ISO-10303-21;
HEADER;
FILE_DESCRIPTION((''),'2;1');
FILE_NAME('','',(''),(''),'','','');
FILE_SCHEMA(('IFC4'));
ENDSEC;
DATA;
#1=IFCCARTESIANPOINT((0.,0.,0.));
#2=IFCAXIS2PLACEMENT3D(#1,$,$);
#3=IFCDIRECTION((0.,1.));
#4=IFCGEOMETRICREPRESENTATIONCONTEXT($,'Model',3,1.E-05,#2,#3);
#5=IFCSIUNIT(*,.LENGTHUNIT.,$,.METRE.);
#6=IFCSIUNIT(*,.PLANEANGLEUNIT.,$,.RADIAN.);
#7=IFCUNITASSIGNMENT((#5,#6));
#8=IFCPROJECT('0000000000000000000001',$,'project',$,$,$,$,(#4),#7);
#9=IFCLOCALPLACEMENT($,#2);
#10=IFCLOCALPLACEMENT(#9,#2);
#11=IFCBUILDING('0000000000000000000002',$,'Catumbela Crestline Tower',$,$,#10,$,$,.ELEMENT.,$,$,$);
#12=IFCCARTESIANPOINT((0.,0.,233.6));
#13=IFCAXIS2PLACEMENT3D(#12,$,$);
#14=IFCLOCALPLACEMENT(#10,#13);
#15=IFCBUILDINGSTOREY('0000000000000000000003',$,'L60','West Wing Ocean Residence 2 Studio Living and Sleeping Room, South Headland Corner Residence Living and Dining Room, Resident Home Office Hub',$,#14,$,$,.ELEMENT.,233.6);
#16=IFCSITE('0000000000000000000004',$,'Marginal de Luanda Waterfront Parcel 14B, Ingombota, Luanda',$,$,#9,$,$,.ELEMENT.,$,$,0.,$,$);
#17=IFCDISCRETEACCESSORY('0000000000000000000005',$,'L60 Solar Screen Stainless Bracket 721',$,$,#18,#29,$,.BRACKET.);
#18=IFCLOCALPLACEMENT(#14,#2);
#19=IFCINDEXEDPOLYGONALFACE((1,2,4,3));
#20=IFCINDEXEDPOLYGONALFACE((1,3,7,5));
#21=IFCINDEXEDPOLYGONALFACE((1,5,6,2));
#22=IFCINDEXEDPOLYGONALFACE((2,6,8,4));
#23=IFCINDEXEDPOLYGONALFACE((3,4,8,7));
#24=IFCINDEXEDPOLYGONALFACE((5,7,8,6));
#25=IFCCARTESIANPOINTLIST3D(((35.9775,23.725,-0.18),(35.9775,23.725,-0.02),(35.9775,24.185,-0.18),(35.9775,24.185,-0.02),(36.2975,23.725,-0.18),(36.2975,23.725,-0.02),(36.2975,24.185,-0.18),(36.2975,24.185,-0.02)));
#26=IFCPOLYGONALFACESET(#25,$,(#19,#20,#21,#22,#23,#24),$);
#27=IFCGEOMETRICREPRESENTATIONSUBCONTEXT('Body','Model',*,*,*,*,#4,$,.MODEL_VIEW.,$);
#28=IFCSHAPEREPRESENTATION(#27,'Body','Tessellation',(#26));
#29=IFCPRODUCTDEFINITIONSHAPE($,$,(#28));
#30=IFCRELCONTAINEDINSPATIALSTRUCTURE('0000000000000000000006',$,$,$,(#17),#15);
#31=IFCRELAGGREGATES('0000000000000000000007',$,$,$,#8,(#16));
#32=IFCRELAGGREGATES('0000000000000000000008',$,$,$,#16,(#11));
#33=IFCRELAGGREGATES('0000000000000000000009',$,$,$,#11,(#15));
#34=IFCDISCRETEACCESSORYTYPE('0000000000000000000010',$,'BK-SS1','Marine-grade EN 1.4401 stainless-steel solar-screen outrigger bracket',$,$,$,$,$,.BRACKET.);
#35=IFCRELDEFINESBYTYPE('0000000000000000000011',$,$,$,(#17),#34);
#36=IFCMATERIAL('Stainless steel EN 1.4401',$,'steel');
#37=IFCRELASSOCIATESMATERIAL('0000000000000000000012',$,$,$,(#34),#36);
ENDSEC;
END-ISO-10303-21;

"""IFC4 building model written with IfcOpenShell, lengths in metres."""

from ifc_helpers import new_model, si_unit, direction, frame, origin, origin_2d, place, context, subcontext, project, spatial, rectangle, extrude, material, type_object, element, save


model = new_model("IFC4")

# Units and contexts
model_context = context("Model", 3, precision=1e-05, world=origin(), true_north=direction((0.0, 1.0)))
body_context = subcontext(model_context, "Body", "Model", "MODEL_VIEW")
ifc_project = project(units=[si_unit("LENGTHUNIT", "METRE"), si_unit("PLANEANGLEUNIT", "RADIAN")], contexts=[model_context])

# Site, building, storey
site_placement = place(None, origin())
site = spatial("IfcSite", under=ifc_project, at=site_placement, Name="Marginal de Luanda Waterfront Parcel 14B, Ingombota, Luanda", CompositionType="ELEMENT", RefElevation=0.0)
building_placement = place(site_placement, origin())
building = spatial("IfcBuilding", under=site, at=building_placement, Name="Catumbela Crestline Tower", CompositionType="ELEMENT")
storey_placement = place(building_placement, frame((0.0, 0.0, 233.6)))
storey = spatial("IfcBuildingStorey", under=building, at=storey_placement, Name="L60", Description="West Wing Ocean Residence 2 Studio Living and Sleeping Room, South Headland Corner Residence Living and Dining Room, Resident Home Office Hub", CompositionType="ELEMENT", Elevation=233.6)

# Discrete accessory
ifc_material_1 = material(Name="Stainless steel EN 1.4401", Category="steel")
discrete_accessory_type = type_object("IfcDiscreteAccessoryType", Name="BK-SS1", Description="Marine-grade EN 1.4401 stainless-steel solar-screen outrigger bracket", PredefinedType="BRACKET", material=ifc_material_1)
discrete_accessory_placement = place(storey_placement, frame((36.1375, 23.955, -0.18), z_axis=(0.0, 0.0, 1.0), x_axis=(1.0, 0.0, 0.0)))
element("IfcDiscreteAccessory", 1, at=discrete_accessory_placement, inside=storey, type_object=discrete_accessory_type, Name="L60 Solar Screen Stainless Bracket 721", PredefinedType="BRACKET", context=body_context, shape_type="SweptSolid", body=[
    extrude(rectangle(XDim=0.32, YDim=0.46, at=origin_2d()), origin(), (0.0, 0.0, 1.0), 0.16),
])

save(model, "model.ifc")
